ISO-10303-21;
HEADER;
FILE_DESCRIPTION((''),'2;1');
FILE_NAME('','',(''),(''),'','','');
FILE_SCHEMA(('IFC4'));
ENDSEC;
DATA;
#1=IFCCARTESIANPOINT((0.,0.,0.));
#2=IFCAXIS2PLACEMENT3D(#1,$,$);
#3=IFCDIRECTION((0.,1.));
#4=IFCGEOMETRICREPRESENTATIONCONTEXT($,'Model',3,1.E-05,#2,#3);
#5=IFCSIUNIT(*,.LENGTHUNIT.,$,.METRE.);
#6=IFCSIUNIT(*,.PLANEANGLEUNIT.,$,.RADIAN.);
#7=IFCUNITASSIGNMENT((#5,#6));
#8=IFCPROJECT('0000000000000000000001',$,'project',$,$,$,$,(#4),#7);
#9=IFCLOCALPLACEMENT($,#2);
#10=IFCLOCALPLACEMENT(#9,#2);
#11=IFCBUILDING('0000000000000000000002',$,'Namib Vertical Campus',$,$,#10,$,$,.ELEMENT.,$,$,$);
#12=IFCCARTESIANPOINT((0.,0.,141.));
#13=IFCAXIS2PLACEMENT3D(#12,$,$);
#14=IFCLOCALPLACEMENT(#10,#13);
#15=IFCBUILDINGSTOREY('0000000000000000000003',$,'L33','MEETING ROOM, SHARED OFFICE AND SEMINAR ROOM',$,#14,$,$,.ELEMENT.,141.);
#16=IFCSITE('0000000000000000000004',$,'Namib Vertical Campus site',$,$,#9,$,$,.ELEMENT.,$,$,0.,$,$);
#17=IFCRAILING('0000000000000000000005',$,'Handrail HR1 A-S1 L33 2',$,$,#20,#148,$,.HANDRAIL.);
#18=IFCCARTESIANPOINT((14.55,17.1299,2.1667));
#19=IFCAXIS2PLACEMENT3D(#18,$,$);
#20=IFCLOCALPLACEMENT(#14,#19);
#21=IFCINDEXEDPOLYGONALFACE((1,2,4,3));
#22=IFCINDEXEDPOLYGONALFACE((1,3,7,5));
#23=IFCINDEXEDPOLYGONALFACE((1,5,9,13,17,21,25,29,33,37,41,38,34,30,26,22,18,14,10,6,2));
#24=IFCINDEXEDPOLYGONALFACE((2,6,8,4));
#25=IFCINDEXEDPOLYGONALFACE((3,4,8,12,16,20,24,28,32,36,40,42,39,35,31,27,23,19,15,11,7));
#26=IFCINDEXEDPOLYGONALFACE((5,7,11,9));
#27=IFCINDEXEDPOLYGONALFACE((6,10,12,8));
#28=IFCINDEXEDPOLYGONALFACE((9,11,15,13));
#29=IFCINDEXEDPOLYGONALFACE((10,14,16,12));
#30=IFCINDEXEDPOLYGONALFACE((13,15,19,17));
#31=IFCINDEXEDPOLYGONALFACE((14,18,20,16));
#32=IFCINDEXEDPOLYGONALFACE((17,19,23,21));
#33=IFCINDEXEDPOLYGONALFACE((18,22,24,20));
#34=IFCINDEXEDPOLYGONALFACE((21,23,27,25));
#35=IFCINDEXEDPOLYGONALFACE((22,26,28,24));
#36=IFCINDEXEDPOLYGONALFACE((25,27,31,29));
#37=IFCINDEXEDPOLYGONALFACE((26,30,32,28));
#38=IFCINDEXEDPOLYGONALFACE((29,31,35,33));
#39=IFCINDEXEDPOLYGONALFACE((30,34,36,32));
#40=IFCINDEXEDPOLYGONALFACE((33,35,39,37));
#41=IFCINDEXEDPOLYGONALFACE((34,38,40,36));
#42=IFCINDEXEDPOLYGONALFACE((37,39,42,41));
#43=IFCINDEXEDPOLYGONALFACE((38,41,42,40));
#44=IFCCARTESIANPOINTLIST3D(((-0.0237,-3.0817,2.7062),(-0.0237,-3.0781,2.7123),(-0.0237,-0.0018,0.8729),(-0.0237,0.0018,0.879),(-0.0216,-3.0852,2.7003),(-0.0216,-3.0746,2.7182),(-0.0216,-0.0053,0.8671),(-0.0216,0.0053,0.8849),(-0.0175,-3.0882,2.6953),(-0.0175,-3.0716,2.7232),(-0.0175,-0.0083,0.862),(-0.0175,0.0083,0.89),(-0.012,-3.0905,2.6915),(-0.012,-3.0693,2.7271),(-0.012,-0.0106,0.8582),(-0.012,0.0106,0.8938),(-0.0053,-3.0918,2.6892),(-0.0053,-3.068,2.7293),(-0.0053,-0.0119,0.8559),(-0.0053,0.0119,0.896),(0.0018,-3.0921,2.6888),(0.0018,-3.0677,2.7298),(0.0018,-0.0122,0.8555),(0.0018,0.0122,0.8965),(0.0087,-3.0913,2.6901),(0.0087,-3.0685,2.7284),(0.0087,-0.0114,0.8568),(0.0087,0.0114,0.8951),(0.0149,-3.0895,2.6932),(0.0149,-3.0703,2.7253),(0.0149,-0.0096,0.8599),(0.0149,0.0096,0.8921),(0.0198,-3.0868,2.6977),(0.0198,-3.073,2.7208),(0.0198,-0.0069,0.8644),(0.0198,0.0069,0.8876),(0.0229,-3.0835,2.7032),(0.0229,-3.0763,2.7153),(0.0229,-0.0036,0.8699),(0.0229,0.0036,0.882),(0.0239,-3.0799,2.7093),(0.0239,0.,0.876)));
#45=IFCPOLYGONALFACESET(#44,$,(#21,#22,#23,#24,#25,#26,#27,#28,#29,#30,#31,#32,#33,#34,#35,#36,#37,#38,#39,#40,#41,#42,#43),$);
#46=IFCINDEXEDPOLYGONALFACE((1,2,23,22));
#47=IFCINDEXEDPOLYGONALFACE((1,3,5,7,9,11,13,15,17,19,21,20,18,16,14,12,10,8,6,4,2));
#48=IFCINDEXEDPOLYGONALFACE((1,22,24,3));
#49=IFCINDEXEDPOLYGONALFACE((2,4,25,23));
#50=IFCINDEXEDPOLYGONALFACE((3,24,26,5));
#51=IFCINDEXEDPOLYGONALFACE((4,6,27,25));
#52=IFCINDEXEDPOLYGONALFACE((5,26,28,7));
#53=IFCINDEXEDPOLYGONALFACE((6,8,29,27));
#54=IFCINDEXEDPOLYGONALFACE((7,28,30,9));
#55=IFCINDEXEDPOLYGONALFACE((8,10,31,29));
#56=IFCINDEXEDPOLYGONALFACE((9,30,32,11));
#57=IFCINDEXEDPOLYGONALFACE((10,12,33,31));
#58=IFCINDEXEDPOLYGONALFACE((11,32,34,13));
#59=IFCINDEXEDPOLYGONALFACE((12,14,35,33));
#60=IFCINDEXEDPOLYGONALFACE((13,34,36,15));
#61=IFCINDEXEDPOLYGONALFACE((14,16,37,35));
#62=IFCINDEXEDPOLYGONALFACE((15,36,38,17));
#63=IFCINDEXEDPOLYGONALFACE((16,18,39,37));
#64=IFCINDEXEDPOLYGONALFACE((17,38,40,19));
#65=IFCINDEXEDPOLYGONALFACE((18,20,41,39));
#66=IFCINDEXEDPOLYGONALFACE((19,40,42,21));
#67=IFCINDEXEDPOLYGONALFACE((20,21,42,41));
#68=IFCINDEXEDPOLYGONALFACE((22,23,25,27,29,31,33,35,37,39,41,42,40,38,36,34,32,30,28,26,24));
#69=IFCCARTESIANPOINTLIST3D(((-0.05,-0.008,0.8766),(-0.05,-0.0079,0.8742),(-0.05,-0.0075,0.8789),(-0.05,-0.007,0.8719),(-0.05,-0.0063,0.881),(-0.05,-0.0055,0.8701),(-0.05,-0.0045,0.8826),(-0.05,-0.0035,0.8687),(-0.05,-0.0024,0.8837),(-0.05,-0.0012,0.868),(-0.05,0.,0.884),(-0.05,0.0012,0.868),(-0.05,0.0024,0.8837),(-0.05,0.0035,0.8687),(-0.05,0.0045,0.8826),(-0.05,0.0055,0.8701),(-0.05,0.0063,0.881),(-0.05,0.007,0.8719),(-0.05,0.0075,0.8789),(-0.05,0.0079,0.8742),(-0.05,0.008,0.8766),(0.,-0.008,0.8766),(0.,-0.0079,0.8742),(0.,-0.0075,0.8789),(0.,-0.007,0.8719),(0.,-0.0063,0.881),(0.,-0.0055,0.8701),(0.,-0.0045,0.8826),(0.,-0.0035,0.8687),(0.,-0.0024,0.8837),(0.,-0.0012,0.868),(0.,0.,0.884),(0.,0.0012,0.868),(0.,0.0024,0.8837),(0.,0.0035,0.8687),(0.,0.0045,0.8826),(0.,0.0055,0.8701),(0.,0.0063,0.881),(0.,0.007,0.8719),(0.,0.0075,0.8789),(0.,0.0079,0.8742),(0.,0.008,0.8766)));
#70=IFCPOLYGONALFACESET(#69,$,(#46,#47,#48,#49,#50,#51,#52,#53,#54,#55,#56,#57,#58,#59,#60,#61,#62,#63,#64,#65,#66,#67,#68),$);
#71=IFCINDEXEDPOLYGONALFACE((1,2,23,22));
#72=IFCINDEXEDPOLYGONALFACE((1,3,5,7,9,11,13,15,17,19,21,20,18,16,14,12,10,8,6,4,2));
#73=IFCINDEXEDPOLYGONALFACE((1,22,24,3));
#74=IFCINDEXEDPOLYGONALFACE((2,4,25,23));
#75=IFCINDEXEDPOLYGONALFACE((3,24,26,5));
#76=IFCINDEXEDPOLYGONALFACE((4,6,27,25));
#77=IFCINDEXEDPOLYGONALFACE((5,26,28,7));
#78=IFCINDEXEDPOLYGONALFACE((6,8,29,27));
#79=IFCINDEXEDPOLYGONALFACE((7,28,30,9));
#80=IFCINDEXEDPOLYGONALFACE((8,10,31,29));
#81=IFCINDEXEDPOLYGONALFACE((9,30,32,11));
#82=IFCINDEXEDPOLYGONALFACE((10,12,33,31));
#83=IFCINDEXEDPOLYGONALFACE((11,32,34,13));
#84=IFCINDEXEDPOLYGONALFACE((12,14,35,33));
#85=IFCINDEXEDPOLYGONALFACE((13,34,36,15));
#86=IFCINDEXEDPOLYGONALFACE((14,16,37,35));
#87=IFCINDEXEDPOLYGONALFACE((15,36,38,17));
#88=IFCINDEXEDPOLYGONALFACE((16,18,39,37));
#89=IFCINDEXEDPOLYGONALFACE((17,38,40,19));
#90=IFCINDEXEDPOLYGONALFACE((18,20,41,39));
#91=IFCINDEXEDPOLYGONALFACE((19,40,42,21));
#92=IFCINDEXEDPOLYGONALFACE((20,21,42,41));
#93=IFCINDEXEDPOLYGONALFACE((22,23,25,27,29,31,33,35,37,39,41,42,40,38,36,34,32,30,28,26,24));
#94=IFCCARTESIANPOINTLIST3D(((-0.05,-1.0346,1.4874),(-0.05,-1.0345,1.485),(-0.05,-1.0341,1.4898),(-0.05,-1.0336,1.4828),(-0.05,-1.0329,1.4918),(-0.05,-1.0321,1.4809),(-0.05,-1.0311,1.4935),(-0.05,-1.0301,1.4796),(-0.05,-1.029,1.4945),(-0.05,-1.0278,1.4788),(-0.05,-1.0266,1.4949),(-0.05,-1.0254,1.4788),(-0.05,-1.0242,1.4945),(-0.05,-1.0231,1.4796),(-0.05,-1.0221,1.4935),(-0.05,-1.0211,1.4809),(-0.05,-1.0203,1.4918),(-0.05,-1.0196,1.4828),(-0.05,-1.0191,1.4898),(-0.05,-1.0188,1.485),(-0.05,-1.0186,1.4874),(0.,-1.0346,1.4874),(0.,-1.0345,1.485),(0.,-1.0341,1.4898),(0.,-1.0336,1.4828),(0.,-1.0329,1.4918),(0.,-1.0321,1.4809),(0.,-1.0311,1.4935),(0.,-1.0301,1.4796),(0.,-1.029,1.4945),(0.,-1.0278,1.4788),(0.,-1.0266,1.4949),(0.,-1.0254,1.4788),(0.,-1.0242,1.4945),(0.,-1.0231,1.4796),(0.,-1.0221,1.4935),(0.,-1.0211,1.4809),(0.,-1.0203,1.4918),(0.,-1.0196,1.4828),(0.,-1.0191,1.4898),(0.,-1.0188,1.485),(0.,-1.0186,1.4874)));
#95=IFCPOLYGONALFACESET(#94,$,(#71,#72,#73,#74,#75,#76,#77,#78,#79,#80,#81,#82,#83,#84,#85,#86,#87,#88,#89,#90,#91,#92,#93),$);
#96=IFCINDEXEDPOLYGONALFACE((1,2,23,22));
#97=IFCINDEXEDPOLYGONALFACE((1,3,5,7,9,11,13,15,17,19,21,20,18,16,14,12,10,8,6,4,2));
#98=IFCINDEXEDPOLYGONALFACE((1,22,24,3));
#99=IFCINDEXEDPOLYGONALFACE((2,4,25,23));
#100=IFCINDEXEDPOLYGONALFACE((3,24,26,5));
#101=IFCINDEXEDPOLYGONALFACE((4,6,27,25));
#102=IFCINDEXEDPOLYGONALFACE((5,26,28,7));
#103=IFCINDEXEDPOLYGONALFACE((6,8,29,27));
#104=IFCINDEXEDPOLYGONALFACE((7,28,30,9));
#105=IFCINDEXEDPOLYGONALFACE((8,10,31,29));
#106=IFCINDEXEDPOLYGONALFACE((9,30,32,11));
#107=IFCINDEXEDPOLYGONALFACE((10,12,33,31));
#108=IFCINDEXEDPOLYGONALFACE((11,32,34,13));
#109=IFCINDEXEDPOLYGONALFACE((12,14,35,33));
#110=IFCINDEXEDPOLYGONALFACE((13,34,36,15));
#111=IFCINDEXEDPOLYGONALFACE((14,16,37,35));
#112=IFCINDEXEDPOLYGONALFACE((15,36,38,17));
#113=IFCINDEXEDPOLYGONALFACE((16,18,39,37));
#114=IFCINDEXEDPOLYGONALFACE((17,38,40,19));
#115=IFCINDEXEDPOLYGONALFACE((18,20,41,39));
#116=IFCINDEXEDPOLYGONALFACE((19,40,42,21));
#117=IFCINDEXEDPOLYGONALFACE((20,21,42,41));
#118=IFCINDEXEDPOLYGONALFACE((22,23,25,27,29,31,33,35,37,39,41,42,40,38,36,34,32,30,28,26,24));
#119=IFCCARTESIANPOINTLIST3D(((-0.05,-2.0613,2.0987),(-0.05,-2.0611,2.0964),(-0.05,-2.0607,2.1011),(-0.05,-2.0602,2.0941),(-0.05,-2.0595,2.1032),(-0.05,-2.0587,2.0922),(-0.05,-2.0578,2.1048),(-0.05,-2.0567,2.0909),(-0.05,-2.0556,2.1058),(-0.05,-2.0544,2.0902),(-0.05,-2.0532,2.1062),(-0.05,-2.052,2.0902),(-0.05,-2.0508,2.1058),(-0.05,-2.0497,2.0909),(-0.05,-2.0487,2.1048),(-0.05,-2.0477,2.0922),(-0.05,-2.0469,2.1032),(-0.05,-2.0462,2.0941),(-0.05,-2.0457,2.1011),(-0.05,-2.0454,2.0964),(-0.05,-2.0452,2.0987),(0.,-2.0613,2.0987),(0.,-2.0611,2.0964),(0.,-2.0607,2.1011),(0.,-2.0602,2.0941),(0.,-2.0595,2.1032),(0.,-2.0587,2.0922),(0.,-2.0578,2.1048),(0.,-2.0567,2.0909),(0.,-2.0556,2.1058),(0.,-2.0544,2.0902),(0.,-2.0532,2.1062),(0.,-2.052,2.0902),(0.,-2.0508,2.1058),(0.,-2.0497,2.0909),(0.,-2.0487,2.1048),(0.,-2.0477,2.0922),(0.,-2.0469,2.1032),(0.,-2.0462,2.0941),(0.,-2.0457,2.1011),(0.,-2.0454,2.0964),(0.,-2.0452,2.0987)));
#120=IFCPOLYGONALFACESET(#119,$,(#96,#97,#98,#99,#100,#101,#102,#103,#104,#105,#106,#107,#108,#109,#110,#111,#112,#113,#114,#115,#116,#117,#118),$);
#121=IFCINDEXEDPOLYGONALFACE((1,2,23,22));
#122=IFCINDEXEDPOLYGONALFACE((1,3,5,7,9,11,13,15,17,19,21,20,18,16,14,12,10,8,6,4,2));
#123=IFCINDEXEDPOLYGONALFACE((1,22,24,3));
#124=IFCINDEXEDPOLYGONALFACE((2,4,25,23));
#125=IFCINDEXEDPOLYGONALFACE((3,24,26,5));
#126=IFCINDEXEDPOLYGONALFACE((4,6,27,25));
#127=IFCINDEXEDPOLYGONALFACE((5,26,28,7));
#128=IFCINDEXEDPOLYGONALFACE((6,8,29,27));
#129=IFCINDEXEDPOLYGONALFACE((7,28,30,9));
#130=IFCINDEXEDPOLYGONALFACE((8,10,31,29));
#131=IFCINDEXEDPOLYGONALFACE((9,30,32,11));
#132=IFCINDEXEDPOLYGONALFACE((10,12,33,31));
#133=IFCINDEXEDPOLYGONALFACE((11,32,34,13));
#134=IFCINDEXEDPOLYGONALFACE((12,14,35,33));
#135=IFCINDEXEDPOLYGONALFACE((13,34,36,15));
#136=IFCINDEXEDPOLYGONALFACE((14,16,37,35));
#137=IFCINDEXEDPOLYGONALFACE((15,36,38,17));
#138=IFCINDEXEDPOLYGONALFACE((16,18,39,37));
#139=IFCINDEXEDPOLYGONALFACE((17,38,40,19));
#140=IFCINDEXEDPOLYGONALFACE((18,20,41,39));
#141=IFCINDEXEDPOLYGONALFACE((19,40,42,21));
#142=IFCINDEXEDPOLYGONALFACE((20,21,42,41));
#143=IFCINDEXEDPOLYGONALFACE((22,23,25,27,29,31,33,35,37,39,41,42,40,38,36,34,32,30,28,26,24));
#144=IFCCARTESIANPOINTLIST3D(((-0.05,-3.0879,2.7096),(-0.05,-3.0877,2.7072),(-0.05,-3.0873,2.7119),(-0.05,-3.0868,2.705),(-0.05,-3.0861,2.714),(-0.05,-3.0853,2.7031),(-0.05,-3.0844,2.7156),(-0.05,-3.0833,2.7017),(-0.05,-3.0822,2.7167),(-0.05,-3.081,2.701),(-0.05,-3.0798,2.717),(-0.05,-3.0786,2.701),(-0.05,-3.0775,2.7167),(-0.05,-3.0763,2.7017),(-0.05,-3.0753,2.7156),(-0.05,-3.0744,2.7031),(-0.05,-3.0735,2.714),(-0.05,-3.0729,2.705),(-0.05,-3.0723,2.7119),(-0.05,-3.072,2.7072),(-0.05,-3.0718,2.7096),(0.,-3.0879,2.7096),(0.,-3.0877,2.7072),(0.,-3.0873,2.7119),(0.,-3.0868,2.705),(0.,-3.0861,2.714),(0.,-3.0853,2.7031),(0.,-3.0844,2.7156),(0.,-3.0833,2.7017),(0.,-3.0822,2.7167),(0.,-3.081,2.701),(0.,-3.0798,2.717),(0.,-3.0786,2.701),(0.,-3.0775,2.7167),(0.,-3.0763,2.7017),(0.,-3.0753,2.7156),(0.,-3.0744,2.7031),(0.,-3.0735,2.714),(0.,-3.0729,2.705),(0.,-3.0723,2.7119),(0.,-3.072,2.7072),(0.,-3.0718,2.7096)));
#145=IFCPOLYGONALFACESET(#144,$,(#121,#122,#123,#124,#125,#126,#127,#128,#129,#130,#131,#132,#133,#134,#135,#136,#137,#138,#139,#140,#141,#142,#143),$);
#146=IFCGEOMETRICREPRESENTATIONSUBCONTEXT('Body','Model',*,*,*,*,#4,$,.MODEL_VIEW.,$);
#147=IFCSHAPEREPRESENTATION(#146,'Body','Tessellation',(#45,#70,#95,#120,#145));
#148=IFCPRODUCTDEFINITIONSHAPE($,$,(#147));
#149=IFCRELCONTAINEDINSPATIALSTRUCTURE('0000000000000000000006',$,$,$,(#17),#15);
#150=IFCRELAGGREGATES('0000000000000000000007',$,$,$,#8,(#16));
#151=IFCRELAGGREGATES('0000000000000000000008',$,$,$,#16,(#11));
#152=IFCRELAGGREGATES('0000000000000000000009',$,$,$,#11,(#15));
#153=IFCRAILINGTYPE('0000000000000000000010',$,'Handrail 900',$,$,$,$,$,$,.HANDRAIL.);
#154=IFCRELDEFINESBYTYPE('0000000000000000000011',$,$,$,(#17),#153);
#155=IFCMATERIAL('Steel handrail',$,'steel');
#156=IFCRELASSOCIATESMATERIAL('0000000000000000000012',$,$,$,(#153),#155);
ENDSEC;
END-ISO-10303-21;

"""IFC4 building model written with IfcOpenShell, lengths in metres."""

from ifc_helpers import new_model, si_unit, direction, frame, origin, origin_2d, place, context, subcontext, project, spatial, circle, extrude, material, type_object, element, save


model = new_model("IFC4")

# Units and contexts
model_context = context("Model", 3, precision=1e-05, world=origin(), true_north=direction((0.0, 1.0)))
body_context = subcontext(model_context, "Body", "Model", "MODEL_VIEW")
ifc_project = project(units=[si_unit("LENGTHUNIT", "METRE"), si_unit("PLANEANGLEUNIT", "RADIAN")], contexts=[model_context])

# Site, building, storey
site_placement = place(None, origin())
site = spatial("IfcSite", under=ifc_project, at=site_placement, Name="Namib Vertical Campus site", CompositionType="ELEMENT", RefElevation=0.0)
building_placement = place(site_placement, origin())
building = spatial("IfcBuilding", under=site, at=building_placement, Name="Namib Vertical Campus", CompositionType="ELEMENT")
storey_placement = place(building_placement, frame((0.0, 0.0, 141.0)))
storey = spatial("IfcBuildingStorey", under=building, at=storey_placement, Name="L33", Description="MEETING ROOM, SHARED OFFICE AND SEMINAR ROOM", CompositionType="ELEMENT", Elevation=141.0)

# Railing
ifc_material_1 = material(Name="Steel handrail", Category="steel")
railing_type_1 = type_object("IfcRailingType", Name="Handrail 900", PredefinedType="HANDRAIL", material=ifc_material_1)
railing_1_placement = place(storey_placement, frame((14.55, 17.1299, 2.1667)))
element("IfcRailing", 1, at=railing_1_placement, inside=storey, type_object=railing_type_1, Name="Handrail HR1 A-S1 L33 2", PredefinedType="HANDRAIL", context=body_context, shape_type="SweptSolid", body=[
    extrude(circle(Radius=0.0239, at=origin_2d()), frame((0.0, 0.0, 0.876), z_axis=(0.0, -0.859291, 0.511487), x_axis=(1.0, 0.0, 0.0)), (0.0, 0.0, 1.0), 3.5842),
    extrude(circle(Radius=0.0081, at=origin_2d()), frame((0.0, 0.0, 0.876), z_axis=(-1.0, 0.0, 0.0), x_axis=(0.0, 0.0, 1.0)), (0.0, 0.0, 1.0), 0.05),
    extrude(circle(Radius=0.0081, at=origin_2d()), frame((0.0, -1.0266, 1.4868), z_axis=(-1.0, 0.0, 0.0), x_axis=(0.0, 0.0, 1.0)), (0.0, 0.0, 1.0), 0.05),
    extrude(circle(Radius=0.0081, at=origin_2d()), frame((0.0, -2.0532, 2.0981), z_axis=(-1.0, 0.0, 0.0), x_axis=(0.0, 0.0, 1.0)), (0.0, 0.0, 1.0), 0.05),
    extrude(circle(Radius=0.0081, at=origin_2d()), frame((0.0, -3.0798, 2.709), z_axis=(-1.0, 0.0, 0.0), x_axis=(0.0, 0.0, 1.0)), (0.0, 0.0, 1.0), 0.05),
])

save(model, "model.ifc")
